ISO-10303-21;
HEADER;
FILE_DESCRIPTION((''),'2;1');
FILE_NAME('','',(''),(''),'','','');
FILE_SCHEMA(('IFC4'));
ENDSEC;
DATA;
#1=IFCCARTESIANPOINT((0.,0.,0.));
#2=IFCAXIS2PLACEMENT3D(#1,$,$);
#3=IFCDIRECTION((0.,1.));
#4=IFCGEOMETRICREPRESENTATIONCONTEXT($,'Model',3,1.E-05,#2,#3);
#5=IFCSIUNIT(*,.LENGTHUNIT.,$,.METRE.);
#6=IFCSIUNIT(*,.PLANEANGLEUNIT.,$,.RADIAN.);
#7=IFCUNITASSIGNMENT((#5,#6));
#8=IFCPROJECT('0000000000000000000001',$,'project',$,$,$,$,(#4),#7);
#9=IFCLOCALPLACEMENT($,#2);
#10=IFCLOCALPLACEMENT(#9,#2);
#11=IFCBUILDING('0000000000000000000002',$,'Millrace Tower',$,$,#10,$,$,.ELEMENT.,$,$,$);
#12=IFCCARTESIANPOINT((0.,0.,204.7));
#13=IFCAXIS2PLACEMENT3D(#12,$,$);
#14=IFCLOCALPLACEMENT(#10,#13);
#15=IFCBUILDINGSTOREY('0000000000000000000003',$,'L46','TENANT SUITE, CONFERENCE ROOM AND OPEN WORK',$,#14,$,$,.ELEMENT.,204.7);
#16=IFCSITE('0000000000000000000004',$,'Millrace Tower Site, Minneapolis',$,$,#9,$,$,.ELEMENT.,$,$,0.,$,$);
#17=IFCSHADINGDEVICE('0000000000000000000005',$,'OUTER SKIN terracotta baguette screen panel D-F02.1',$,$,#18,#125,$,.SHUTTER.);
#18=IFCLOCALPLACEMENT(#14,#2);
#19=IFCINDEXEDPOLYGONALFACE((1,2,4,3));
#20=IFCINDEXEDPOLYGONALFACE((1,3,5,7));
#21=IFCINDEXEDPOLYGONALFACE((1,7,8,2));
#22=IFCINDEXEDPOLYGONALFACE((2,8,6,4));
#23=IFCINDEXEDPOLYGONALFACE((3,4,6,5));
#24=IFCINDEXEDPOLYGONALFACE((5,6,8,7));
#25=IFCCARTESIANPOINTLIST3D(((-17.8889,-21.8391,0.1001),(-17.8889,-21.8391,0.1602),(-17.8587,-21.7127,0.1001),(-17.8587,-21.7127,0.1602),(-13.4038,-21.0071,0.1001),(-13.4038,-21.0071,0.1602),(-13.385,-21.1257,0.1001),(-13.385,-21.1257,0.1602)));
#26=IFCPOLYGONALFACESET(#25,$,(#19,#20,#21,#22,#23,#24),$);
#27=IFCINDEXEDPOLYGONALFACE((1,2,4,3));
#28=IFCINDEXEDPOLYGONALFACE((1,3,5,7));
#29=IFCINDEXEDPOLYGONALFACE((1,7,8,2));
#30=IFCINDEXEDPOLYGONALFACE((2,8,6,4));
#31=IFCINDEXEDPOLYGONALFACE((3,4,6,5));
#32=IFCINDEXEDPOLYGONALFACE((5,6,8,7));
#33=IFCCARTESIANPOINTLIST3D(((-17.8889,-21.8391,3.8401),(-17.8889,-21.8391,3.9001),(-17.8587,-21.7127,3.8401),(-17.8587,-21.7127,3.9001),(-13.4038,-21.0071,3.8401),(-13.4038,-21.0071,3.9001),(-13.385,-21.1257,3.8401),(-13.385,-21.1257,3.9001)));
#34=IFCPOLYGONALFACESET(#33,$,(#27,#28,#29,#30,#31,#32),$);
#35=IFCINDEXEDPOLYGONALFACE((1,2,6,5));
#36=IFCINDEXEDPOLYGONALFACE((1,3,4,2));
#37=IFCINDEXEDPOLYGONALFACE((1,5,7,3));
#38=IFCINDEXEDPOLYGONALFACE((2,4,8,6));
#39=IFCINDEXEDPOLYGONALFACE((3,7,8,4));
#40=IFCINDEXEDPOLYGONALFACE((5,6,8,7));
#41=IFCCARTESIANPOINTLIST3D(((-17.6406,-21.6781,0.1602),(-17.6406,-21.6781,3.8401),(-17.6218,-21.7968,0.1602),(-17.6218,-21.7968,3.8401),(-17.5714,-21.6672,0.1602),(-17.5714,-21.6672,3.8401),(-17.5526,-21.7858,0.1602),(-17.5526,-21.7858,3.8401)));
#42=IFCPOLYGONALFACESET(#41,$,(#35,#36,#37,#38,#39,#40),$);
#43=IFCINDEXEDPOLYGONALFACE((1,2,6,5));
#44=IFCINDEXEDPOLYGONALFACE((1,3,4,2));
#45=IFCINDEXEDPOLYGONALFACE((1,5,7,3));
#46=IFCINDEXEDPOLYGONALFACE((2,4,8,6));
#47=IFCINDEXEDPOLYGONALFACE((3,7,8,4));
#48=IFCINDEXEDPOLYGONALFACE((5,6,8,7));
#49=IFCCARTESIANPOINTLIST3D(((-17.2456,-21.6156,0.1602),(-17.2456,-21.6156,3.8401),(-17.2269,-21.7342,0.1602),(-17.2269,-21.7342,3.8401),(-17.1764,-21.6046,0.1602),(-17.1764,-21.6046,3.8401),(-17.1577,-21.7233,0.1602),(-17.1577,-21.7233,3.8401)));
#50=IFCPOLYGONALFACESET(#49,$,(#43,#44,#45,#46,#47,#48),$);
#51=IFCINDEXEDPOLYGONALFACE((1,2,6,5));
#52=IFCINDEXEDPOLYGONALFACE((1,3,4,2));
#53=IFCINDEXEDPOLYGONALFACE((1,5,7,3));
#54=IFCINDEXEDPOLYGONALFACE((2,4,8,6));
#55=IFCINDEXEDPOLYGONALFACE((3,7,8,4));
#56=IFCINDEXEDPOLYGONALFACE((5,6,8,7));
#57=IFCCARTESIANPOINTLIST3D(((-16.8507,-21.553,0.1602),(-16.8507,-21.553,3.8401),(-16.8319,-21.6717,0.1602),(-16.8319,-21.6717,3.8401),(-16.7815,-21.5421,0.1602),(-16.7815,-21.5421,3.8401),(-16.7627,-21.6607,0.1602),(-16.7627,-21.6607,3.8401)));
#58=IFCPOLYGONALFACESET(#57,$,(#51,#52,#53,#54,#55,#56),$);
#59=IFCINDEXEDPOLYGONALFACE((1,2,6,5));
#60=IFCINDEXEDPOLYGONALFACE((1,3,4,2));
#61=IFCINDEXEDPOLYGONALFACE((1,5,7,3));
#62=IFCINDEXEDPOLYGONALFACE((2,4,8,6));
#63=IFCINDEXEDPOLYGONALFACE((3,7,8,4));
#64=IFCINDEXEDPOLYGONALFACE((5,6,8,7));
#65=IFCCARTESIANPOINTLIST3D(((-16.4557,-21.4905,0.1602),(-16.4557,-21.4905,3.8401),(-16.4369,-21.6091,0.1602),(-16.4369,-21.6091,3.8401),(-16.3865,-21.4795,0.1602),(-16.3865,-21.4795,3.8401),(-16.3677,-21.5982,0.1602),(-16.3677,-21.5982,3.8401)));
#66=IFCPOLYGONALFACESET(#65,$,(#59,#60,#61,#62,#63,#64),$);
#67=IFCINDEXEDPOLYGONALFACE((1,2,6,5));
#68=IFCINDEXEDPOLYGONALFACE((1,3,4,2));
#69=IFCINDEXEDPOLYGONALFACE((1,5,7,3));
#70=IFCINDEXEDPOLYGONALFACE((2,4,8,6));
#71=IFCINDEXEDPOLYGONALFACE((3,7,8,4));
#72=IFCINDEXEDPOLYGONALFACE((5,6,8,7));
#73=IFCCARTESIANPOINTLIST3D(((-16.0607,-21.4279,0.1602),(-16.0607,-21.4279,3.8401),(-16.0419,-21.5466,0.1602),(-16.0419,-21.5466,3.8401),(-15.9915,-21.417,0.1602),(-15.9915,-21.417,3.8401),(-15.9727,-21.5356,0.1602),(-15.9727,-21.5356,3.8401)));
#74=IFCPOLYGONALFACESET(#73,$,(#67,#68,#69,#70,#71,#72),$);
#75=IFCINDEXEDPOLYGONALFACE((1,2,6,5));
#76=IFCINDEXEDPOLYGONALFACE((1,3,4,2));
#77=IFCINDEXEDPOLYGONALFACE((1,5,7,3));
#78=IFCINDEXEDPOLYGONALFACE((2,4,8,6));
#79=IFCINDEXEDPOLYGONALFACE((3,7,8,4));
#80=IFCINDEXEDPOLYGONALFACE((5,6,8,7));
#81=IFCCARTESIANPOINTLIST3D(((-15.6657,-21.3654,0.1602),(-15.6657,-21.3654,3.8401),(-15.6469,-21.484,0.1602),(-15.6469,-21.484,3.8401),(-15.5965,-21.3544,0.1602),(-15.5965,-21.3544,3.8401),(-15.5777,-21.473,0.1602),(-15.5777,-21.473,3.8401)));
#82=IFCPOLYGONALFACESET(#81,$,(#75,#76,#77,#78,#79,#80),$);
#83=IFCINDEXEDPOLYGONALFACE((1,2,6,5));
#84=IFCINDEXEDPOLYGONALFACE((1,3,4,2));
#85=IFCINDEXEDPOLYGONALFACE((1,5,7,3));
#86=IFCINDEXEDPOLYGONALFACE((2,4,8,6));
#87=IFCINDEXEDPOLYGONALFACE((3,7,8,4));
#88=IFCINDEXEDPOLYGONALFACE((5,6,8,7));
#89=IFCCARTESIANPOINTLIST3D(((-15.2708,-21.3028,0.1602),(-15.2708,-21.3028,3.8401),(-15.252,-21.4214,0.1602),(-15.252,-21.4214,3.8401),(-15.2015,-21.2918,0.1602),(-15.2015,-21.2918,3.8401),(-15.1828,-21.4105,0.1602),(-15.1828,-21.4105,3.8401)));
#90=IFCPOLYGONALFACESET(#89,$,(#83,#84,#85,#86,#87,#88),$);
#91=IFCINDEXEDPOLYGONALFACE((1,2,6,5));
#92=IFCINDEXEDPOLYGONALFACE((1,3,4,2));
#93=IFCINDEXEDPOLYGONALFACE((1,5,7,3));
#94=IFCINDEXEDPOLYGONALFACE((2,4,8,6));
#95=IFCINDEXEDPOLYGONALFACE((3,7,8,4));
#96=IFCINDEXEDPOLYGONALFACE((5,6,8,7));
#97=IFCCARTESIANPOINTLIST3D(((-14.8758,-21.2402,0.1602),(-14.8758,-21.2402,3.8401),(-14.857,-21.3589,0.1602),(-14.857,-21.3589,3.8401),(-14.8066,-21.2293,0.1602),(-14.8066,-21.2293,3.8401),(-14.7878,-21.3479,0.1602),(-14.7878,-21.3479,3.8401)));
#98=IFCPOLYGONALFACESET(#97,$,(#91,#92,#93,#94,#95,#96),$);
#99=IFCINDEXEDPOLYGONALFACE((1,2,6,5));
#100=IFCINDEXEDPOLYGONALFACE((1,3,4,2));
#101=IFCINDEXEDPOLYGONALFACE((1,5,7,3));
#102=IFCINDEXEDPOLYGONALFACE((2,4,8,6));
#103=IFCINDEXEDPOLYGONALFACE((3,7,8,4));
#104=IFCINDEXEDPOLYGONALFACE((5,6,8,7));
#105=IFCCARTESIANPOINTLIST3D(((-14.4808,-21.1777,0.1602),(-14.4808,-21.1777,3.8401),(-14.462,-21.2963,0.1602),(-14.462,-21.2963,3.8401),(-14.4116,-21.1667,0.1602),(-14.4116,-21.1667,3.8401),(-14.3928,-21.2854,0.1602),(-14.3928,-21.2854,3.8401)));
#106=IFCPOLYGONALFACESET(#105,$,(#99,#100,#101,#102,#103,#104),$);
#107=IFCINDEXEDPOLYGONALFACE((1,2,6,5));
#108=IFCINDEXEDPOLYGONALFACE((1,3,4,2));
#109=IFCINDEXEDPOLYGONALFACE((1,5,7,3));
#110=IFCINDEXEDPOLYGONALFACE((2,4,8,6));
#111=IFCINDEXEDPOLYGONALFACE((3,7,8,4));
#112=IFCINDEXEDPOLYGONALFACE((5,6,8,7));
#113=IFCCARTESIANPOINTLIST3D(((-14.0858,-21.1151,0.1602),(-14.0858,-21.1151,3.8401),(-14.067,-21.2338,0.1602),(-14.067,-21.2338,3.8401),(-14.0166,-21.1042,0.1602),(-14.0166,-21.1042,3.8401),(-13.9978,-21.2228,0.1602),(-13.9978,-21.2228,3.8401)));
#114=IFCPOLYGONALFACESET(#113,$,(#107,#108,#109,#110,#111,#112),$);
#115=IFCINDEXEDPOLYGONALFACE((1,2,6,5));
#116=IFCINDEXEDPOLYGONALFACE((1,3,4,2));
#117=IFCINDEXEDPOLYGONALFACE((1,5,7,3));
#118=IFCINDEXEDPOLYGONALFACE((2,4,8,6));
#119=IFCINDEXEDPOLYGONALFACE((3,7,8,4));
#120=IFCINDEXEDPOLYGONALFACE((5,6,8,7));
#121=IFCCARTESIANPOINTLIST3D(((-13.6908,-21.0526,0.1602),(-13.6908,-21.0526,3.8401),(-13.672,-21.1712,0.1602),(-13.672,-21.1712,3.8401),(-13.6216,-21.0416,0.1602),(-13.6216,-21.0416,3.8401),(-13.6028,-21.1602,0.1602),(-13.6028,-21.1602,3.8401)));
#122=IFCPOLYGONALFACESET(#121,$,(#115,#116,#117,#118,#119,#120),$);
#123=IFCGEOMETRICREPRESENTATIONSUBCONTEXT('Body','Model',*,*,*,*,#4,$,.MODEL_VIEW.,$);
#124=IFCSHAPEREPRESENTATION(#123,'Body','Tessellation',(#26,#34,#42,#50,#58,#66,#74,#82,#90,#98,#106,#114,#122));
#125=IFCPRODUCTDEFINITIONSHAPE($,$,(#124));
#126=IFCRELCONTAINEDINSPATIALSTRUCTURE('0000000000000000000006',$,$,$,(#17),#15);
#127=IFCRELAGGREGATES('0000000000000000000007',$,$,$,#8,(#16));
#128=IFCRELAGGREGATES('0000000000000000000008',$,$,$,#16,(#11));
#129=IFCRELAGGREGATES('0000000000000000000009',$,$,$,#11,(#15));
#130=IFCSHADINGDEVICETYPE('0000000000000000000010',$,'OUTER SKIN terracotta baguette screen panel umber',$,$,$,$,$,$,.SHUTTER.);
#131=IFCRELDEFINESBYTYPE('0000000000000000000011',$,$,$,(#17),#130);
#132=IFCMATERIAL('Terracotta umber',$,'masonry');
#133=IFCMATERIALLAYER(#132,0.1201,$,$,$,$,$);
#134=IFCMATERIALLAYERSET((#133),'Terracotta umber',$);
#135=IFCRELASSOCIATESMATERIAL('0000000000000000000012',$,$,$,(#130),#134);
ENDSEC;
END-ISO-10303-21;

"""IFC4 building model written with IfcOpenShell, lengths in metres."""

from ifc_helpers import new_model, entity, si_unit, direction, frame, frame_2d, origin, place, context, subcontext, project, spatial, rectangle, extrude, source, transform, mapped, material, layer, layer_set, type_object, element, save


model = new_model("IFC4")

# Units and contexts
model_context = context("Model", 3, precision=1e-05, world=origin(), true_north=direction((0.0, 1.0)))
body_context = subcontext(model_context, "Body", "Model", "MODEL_VIEW")
ifc_project = project(units=[si_unit("LENGTHUNIT", "METRE"), si_unit("PLANEANGLEUNIT", "RADIAN")], contexts=[model_context])

# Site, building, storey
site_placement = place(None, origin())
site = spatial("IfcSite", under=ifc_project, at=site_placement, Name="Millrace Tower Site, Minneapolis", CompositionType="ELEMENT", RefElevation=0.0)
building_placement = place(site_placement, origin())
building = spatial("IfcBuilding", under=site, at=building_placement, Name="Millrace Tower", CompositionType="ELEMENT")
storey_placement = place(building_placement, frame((0.0, 0.0, 204.7)))
storey = spatial("IfcBuildingStorey", under=building, at=storey_placement, Name="L46", Description="TENANT SUITE, CONFERENCE ROOM AND OPEN WORK", CompositionType="ELEMENT", Elevation=204.7)

# Shading device
ifc_material_1 = material(Name="Terracotta umber", Category="masonry")
ifc_layer_1 = layer(ifc_material_1, 0.1201)
ifc_layer_set_1 = layer_set([ifc_layer_1], Name="Terracotta umber")
shading_device_type = type_object("IfcShadingDeviceType", Name="OUTER SKIN terracotta baguette screen panel umber", PredefinedType="SHUTTER", material=ifc_layer_set_1)
cartesian_point_1 = entity("IfcCartesianPoint", [-2.2429, 0.0601])
shared_polyline_1 = entity("IfcPolyline", [cartesian_point_1, entity("IfcCartesianPoint", [2.2676, 0.0601]), entity("IfcCartesianPoint", [2.2676, -0.0601]), entity("IfcCartesianPoint", [-2.2925, -0.0601]), cartesian_point_1])
shared_shape_1 = source(origin(), body_context, "Body", "SweptSolid", [
    entity("IfcExtrudedAreaSolid", entity("IfcArbitraryClosedProfileDef", "AREA", None, shared_polyline_1), entity("IfcAxis2Placement3D", entity("IfcCartesianPoint", [0.0, 0.0, 0.0])), entity("IfcDirection", [0.0, 0.0, 1.0]), 0.0601),
    entity("IfcExtrudedAreaSolid", entity("IfcArbitraryClosedProfileDef", "AREA", None, shared_polyline_1), entity("IfcAxis2Placement3D", entity("IfcCartesianPoint", [0.0, 0.0, 3.74])), entity("IfcDirection", [0.0, 0.0, 1.0]), 0.0601),
    extrude(rectangle(XDim=0.0701, YDim=0.1201, at=frame_2d((-1.9871, 0.0))), frame((0.0, 0.0, 0.0601)), (0.0, 0.0, 1.0), 3.6799),
    extrude(rectangle(XDim=0.0701, YDim=0.1201, at=frame_2d((-1.5872, 0.0))), frame((0.0, 0.0, 0.0601)), (0.0, 0.0, 1.0), 3.6799),
    extrude(rectangle(XDim=0.0701, YDim=0.1201, at=frame_2d((-1.1873, 0.0))), frame((0.0, 0.0, 0.0601)), (0.0, 0.0, 1.0), 3.6799),
    extrude(rectangle(XDim=0.0701, YDim=0.1201, at=frame_2d((-0.7874, 0.0))), frame((0.0, 0.0, 0.0601)), (0.0, 0.0, 1.0), 3.6799),
    extrude(rectangle(XDim=0.0701, YDim=0.1201, at=frame_2d((-0.3875, 0.0))), frame((0.0, 0.0, 0.0601)), (0.0, 0.0, 1.0), 3.6799),
    extrude(rectangle(XDim=0.0701, YDim=0.1201, at=frame_2d((0.0125, 0.0))), frame((0.0, 0.0, 0.0601)), (0.0, 0.0, 1.0), 3.6799),
    extrude(rectangle(XDim=0.0701, YDim=0.1201, at=frame_2d((0.4124, 0.0))), frame((0.0, 0.0, 0.0601)), (0.0, 0.0, 1.0), 3.6799),
    extrude(rectangle(XDim=0.0701, YDim=0.1201, at=frame_2d((0.8123, 0.0))), frame((0.0, 0.0, 0.0601)), (0.0, 0.0, 1.0), 3.6799),
    extrude(rectangle(XDim=0.0701, YDim=0.1201, at=frame_2d((1.2122, 0.0))), frame((0.0, 0.0, 0.0601)), (0.0, 0.0, 1.0), 3.6799),
    extrude(rectangle(XDim=0.0701, YDim=0.1201, at=frame_2d((1.6121, 0.0))), frame((0.0, 0.0, 0.0601)), (0.0, 0.0, 1.0), 3.6799),
    extrude(rectangle(XDim=0.0701, YDim=0.1201, at=frame_2d((2.012, 0.0))), frame((0.0, 0.0, 0.0601)), (0.0, 0.0, 1.0), 3.6799),
])
shading_device_1_placement = place(storey_placement, frame((-15.634, -21.4211, 0.1001), z_axis=(0.0, 0.0, 1.0), x_axis=(0.987688, 0.156434, 0.0)))
element("IfcShadingDevice", 1, at=shading_device_1_placement, inside=storey, type_object=shading_device_type, Name="OUTER SKIN terracotta baguette screen panel D-F02.1", PredefinedType="SHUTTER", context=body_context, shape_type="MappedRepresentation", body=[
    mapped(shared_shape_1, transform((0.0, 0.0, 0.0), scale=1.0)),
])

save(model, "model.ifc")
